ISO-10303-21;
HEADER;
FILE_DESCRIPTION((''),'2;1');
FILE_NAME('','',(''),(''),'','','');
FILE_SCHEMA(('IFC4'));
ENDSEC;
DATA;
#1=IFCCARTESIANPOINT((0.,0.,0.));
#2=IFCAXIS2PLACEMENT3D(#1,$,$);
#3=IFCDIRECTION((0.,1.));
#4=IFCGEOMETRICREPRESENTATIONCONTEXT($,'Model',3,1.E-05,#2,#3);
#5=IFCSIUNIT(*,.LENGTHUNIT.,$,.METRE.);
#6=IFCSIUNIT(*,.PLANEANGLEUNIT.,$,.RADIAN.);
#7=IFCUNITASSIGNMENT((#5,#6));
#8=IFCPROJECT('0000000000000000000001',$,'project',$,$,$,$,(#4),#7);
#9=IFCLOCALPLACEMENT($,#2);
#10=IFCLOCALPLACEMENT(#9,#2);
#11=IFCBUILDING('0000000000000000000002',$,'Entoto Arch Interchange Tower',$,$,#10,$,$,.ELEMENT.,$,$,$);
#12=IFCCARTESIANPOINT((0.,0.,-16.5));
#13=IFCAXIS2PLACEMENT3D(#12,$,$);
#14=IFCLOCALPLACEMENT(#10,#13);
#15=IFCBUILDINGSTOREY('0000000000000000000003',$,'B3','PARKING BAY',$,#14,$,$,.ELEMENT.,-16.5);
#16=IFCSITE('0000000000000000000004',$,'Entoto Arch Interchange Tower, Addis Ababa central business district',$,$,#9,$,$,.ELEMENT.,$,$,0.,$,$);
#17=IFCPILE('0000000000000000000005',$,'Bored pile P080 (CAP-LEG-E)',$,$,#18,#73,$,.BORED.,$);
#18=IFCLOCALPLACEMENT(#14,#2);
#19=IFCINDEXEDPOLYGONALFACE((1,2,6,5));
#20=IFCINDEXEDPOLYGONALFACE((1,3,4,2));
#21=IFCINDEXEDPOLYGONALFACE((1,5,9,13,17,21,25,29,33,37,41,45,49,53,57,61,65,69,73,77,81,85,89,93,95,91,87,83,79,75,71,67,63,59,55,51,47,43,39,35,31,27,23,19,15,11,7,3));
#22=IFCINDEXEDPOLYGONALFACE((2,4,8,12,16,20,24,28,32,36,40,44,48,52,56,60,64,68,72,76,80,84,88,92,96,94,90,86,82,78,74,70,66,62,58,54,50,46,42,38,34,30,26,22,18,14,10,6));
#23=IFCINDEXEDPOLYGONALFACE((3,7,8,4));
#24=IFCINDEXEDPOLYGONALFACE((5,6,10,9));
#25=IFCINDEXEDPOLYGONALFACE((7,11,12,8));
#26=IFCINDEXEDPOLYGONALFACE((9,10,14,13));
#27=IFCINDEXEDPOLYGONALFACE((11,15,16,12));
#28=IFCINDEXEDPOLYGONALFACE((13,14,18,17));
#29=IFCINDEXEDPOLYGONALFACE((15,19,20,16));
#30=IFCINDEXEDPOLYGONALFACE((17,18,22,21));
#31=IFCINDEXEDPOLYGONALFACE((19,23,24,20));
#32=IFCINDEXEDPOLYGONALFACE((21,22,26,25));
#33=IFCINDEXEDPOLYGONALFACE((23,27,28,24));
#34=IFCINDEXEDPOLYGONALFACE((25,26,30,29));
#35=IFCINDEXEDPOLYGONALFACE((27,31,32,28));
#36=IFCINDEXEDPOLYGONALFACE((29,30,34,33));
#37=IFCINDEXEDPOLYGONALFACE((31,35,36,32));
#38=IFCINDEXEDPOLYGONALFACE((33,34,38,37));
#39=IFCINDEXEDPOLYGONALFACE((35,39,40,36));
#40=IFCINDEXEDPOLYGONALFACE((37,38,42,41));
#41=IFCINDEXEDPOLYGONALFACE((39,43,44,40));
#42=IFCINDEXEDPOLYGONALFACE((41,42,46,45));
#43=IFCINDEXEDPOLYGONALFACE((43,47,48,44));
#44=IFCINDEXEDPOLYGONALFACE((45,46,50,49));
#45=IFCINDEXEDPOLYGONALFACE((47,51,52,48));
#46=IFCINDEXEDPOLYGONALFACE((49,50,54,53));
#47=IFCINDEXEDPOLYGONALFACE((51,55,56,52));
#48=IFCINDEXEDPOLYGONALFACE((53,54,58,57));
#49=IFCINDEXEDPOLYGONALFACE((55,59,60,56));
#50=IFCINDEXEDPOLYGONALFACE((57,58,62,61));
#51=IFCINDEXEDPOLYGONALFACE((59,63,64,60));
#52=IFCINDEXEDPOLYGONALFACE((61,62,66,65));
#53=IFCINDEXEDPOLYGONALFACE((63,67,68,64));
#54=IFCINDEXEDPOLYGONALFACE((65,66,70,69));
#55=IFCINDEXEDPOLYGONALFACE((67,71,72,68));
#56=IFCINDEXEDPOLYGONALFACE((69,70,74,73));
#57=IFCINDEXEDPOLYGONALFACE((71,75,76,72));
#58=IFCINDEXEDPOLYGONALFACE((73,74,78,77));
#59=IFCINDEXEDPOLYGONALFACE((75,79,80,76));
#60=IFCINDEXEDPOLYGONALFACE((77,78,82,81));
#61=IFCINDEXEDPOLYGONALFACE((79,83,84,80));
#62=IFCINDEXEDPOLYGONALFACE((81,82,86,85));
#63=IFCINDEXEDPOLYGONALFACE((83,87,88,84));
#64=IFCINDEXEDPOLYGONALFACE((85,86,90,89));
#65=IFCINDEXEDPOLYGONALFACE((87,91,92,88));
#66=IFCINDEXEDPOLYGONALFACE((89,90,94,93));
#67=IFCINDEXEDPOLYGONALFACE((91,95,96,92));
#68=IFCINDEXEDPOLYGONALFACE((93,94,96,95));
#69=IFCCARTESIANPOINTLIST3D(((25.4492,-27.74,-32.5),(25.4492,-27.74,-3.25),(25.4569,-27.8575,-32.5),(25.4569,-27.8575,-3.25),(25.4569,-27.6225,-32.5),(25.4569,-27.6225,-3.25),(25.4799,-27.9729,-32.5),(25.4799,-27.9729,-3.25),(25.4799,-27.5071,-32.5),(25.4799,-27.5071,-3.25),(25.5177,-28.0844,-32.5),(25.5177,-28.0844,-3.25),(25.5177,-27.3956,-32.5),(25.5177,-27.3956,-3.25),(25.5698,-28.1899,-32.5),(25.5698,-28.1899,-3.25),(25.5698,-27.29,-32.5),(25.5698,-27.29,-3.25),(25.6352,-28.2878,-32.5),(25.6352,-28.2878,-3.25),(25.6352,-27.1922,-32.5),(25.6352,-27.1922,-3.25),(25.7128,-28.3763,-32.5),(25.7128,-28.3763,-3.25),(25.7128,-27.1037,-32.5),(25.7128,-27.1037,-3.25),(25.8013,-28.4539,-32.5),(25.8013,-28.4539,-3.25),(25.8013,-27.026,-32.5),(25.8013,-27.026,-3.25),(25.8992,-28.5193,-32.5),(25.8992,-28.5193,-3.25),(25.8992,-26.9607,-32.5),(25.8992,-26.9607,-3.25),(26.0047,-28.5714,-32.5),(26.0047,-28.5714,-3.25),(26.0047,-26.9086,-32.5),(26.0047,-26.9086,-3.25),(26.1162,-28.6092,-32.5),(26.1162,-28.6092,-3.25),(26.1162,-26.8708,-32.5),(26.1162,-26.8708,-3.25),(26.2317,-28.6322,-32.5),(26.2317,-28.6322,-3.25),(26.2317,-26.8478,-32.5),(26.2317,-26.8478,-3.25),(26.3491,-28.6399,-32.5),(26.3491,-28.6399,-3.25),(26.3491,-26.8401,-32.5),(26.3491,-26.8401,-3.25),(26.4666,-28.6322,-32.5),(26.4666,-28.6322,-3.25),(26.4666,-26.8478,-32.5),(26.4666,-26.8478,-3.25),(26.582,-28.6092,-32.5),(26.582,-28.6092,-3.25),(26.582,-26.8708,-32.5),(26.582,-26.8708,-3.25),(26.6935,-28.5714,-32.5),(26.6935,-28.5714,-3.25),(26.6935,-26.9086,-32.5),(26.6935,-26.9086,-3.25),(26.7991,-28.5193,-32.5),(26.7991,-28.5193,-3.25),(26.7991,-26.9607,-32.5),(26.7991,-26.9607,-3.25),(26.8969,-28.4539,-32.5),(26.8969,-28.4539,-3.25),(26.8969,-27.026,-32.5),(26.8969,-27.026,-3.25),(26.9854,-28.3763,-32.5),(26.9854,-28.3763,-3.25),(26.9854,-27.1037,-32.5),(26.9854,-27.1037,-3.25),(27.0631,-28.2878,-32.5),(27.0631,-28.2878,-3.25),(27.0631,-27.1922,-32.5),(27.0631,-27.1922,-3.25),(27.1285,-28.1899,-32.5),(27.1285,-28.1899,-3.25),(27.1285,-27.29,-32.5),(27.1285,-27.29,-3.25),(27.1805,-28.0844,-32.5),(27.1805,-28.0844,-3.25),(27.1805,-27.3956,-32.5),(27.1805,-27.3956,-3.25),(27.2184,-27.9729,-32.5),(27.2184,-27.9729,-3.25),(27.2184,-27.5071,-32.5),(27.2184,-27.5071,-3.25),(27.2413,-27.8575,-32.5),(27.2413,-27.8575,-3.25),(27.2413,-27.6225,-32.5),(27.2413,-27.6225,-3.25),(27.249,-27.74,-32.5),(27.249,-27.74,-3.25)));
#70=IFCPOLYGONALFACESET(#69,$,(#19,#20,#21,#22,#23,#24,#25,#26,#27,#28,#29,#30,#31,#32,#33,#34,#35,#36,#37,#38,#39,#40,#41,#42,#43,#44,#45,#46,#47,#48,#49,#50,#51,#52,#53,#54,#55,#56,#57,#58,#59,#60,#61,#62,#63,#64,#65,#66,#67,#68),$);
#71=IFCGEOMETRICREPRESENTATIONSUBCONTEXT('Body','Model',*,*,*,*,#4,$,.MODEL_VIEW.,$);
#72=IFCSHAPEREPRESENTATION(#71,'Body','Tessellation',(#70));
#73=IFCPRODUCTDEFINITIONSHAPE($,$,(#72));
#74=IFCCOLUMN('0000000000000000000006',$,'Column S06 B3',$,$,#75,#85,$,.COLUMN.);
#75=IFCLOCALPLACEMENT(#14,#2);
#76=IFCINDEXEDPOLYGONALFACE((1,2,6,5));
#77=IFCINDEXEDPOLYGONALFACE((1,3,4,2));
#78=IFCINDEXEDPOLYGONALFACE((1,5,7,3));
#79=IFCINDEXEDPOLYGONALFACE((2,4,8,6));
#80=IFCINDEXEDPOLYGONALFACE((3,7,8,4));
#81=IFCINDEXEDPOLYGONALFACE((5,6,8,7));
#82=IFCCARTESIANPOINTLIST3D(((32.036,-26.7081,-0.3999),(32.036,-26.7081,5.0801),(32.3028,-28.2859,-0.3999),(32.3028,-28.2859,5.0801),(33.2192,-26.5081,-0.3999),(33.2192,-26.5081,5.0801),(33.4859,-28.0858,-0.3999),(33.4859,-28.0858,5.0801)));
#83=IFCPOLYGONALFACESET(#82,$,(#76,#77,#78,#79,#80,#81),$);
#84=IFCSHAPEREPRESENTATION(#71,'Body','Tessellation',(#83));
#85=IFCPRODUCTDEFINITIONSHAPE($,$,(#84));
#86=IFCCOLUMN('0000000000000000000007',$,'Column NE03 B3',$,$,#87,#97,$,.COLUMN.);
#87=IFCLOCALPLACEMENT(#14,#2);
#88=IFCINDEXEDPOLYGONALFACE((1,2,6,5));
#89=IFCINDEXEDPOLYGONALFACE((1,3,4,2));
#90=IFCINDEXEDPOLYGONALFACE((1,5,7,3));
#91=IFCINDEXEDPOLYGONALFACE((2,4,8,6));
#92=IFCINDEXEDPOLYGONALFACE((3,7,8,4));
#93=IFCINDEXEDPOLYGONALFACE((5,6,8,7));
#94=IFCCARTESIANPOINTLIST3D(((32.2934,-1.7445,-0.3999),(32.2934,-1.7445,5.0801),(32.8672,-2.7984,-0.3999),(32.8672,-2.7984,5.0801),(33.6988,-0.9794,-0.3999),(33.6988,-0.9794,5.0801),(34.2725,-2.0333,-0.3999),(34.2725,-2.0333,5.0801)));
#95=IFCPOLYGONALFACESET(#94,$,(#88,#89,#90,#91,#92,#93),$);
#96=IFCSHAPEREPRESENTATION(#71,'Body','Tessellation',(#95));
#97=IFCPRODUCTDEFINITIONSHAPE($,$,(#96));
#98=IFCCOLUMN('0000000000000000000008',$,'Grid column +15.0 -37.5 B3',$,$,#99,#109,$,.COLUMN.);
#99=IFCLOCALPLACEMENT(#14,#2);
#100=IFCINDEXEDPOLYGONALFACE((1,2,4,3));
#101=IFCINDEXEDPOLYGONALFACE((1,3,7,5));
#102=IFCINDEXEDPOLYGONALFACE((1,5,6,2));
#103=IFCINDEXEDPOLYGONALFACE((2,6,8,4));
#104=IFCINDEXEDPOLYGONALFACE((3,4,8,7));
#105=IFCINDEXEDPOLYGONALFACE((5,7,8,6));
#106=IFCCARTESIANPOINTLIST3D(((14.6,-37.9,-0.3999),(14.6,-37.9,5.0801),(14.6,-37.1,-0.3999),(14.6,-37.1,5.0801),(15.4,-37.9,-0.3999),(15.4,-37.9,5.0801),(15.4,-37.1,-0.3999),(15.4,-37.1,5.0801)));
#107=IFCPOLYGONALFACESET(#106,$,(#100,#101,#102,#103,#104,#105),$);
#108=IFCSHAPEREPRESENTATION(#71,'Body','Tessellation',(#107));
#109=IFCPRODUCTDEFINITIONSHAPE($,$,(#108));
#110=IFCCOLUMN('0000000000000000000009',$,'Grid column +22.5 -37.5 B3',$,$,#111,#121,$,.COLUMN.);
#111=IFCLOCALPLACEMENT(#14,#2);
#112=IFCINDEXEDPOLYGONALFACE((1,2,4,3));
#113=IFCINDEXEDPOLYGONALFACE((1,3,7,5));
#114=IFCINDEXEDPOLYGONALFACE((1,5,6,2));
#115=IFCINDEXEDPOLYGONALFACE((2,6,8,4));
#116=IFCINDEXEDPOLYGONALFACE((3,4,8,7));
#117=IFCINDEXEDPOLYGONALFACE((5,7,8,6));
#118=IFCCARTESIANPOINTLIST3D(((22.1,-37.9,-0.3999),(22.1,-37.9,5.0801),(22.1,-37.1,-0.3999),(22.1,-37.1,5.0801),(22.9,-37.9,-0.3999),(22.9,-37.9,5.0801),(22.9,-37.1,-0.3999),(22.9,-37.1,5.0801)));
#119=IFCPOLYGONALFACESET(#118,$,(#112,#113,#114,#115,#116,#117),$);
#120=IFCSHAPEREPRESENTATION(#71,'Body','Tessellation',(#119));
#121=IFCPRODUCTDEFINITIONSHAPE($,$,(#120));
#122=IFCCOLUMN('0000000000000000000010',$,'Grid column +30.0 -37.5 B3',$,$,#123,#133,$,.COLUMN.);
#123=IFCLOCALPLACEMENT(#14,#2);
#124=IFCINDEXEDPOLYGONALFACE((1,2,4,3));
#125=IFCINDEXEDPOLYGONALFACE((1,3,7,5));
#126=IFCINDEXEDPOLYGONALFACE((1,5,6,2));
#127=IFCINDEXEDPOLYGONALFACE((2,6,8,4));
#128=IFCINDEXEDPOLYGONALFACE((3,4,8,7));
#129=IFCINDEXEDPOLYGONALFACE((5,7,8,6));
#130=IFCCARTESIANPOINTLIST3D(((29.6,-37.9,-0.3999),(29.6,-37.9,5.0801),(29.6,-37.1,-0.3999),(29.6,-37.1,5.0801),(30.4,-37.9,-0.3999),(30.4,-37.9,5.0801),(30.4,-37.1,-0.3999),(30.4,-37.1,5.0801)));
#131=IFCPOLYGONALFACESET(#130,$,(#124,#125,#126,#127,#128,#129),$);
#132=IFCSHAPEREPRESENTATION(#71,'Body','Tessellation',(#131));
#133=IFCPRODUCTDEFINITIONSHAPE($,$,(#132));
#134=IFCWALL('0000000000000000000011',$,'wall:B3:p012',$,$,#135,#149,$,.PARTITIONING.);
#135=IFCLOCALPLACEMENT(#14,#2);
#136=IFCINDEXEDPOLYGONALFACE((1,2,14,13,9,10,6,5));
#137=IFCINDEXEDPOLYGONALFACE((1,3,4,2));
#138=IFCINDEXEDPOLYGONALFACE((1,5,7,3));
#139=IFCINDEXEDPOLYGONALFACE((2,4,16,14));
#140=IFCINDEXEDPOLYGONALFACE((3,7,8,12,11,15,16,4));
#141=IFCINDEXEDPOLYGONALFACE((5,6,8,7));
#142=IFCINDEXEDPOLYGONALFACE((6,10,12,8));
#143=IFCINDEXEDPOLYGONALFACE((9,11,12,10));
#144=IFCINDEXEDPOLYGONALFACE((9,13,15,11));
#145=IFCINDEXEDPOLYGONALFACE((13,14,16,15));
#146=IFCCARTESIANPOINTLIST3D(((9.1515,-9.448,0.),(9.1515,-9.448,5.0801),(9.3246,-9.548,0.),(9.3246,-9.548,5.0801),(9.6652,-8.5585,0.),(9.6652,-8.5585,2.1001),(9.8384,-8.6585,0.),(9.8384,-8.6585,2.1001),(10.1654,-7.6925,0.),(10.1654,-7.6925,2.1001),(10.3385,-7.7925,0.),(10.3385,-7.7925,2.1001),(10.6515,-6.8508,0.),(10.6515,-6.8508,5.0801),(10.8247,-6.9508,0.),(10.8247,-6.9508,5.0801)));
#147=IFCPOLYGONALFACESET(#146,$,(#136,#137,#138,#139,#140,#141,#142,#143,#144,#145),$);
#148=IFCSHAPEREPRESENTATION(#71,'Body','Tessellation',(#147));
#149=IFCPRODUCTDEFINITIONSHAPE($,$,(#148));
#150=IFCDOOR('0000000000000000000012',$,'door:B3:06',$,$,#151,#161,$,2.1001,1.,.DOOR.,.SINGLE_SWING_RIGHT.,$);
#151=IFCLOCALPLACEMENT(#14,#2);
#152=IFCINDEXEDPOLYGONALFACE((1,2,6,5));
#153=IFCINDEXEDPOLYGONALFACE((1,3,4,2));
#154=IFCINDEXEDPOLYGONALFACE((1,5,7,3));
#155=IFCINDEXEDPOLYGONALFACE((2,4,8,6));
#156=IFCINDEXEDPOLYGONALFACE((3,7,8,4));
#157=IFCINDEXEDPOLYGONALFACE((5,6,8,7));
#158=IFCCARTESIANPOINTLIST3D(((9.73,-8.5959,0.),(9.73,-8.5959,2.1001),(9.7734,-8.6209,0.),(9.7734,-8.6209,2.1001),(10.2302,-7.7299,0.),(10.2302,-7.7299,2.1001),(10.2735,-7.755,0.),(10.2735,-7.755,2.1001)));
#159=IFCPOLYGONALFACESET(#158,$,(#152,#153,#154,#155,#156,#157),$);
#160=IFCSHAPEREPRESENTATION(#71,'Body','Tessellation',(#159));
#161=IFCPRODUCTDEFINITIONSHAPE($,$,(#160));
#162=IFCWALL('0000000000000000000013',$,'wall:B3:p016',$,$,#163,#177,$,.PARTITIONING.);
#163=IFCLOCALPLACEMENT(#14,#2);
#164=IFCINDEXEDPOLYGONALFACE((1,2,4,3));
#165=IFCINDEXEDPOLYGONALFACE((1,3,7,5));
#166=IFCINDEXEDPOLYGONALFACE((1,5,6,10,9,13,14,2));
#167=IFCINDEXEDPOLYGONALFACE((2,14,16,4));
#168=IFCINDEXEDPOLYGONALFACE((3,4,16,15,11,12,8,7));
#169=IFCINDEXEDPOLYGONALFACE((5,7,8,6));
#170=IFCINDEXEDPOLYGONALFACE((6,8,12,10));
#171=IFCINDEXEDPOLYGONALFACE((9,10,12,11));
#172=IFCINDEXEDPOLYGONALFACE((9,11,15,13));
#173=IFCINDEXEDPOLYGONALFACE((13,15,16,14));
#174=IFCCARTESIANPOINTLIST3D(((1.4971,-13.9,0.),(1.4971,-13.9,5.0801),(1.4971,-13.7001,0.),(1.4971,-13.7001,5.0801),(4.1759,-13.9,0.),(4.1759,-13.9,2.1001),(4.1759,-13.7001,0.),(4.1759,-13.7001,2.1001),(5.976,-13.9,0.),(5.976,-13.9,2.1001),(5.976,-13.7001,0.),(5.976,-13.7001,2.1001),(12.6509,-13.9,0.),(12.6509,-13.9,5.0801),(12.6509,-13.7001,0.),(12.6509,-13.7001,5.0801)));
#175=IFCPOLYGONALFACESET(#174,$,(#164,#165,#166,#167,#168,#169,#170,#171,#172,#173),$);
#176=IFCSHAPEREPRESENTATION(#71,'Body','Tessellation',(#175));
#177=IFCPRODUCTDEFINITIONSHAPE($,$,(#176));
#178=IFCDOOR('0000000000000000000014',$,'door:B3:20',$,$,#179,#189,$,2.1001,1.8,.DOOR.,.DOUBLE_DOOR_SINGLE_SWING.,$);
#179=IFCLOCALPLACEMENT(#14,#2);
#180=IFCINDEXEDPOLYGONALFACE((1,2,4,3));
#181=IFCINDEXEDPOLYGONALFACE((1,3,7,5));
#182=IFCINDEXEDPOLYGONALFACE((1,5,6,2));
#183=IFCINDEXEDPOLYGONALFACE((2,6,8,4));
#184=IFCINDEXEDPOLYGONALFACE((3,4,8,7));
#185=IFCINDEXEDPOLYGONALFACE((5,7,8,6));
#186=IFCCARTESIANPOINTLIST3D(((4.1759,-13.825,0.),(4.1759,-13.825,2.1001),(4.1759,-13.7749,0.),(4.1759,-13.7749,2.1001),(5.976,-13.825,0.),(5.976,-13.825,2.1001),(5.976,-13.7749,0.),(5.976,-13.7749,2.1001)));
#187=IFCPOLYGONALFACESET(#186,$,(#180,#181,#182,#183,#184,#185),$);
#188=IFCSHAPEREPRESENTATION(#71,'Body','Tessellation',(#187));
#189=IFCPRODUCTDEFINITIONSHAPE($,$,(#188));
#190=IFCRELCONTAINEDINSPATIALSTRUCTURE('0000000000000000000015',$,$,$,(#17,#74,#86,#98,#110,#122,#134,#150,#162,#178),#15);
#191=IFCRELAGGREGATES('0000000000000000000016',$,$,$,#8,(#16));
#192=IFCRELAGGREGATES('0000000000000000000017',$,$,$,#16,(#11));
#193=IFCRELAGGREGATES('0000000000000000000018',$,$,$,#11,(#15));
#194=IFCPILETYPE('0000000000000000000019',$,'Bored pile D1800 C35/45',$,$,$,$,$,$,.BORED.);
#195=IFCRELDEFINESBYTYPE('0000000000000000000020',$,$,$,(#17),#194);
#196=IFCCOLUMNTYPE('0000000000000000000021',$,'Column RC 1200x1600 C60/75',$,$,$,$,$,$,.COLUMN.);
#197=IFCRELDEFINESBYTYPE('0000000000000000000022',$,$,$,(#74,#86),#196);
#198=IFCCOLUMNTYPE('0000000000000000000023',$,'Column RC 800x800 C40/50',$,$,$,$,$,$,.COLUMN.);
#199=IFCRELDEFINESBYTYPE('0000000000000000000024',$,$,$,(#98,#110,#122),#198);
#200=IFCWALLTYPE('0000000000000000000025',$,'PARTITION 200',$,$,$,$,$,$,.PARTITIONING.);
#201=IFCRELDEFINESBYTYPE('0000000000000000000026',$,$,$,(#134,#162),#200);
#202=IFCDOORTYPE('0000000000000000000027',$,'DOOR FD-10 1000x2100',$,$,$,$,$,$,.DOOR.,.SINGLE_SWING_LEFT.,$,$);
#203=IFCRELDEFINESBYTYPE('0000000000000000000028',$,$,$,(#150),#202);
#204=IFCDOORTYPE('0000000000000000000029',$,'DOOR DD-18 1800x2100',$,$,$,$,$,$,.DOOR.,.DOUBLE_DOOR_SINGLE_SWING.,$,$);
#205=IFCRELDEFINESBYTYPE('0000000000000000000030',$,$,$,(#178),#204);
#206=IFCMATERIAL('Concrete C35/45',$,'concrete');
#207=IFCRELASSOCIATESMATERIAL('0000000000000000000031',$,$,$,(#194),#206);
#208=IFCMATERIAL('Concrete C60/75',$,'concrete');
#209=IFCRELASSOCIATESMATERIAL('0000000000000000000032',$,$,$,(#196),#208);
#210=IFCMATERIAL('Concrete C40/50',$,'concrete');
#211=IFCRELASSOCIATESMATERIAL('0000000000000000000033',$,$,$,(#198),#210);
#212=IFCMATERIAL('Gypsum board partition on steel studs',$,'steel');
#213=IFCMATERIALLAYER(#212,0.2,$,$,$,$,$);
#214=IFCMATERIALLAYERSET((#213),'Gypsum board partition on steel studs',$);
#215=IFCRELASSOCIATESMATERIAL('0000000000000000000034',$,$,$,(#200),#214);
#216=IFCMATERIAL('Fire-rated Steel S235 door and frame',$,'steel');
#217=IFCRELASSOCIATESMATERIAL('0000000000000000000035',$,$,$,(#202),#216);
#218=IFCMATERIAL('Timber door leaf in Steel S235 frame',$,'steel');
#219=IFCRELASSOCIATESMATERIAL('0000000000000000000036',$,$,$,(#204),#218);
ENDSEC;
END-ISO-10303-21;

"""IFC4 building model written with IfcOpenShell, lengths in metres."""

from ifc_helpers import new_model, si_unit, direction, frame, frame_2d, origin, origin_2d, place, context, subcontext, project, spatial, rectangle, circle, extrude, material, layer, layer_set, material_profile, profile_set, type_object, element, fill, save


model = new_model("IFC4")

# Units and contexts
model_context = context("Model", 3, precision=1e-05, world=origin(), true_north=direction((0.0, 1.0)))
body_context = subcontext(model_context, "Body", "Model", "MODEL_VIEW")
ifc_project = project(units=[si_unit("LENGTHUNIT", "METRE"), si_unit("PLANEANGLEUNIT", "RADIAN")], contexts=[model_context])

# Site, building, storey
site_placement = place(None, origin())
site = spatial("IfcSite", under=ifc_project, at=site_placement, Name="Entoto Arch Interchange Tower, Addis Ababa central business district", CompositionType="ELEMENT", RefElevation=0.0)
building_placement = place(site_placement, origin())
building = spatial("IfcBuilding", under=site, at=building_placement, Name="Entoto Arch Interchange Tower", CompositionType="ELEMENT")
storey_placement = place(building_placement, frame((0.0, 0.0, -16.5)))
storey = spatial("IfcBuildingStorey", under=building, at=storey_placement, Name="B3", Description="PARKING BAY", CompositionType="ELEMENT", Elevation=-16.5)

# Pile
ifc_material_1 = material(Name="Concrete C35/45", Category="concrete")
ifc_material_profile_1 = material_profile(ifc_material_1, circle(Radius=0.8999, at=origin_2d()))
ifc_profile_set_1 = profile_set([ifc_material_profile_1], Name="Concrete C35/45")
pile_type = type_object("IfcPileType", Name="Bored pile D1800 C35/45", PredefinedType="BORED", material=ifc_profile_set_1)
for number, where, z_axis, x_axis, name in (
    (1, (26.3491, -27.74, -3.25), (0.0, 0.0, -1.0), (1.0, 0.0, 0.0), "Bored pile P080 (CAP-LEG-E)"),
):
    element("IfcPile", number, at=place(storey_placement, frame(where, z_axis=z_axis, x_axis=x_axis)), inside=storey, type_object=pile_type, Name=name, PredefinedType="BORED", context=body_context, shape_type="SweptSolid", body=[
        extrude(circle(Radius=0.8999, at=origin_2d()), origin(), (0.0, 0.0, 1.0), 29.25),
    ])

# Columns
ifc_material_2 = material(Name="Concrete C60/75", Category="concrete")
ifc_material_profile_2 = material_profile(ifc_material_2, rectangle(XDim=1.2, YDim=1.6001, at=origin_2d()))
ifc_profile_set_2 = profile_set([ifc_material_profile_2], Name="Concrete C60/75")
column_type_1 = type_object("IfcColumnType", Name="Column RC 1200x1600 C60/75", PredefinedType="COLUMN", material=ifc_profile_set_2)
for number, where, z_axis, x_axis, name in (
    (2, (32.761, -27.397, -0.3999), (0.0, 0.0, 1.0), (0.986005, 0.166717, 0.0), "Column S06 B3"),
    (3, (33.283, -1.8889, -0.3999), (0.0, 0.0, 1.0), (-0.47814, 0.878284, 0.0), "Column NE03 B3"),
):
    element("IfcColumn", number, at=place(storey_placement, frame(where, z_axis=z_axis, x_axis=x_axis)), inside=storey, type_object=column_type_1, Name=name, PredefinedType="COLUMN", context=body_context, shape_type="SweptSolid", body=[
        extrude(rectangle(XDim=1.2, YDim=1.6001, at=origin_2d()), origin(), (0.0, 0.0, 1.0), 5.48),
    ])
ifc_material_3 = material(Name="Concrete C40/50", Category="concrete")
ifc_material_profile_3 = material_profile(ifc_material_3, rectangle(XDim=0.8, YDim=0.8, at=origin_2d()))
ifc_profile_set_3 = profile_set([ifc_material_profile_3], Name="Concrete C40/50")
column_type_2 = type_object("IfcColumnType", Name="Column RC 800x800 C40/50", PredefinedType="COLUMN", material=ifc_profile_set_3)
for number, where, z_axis, x_axis, name in (
    (4, (15.0, -37.5, -0.3999), (0.0, 0.0, 1.0), (1.0, 0.0, 0.0), "Grid column +15.0 -37.5 B3"),
    (5, (22.5, -37.5, -0.3999), (0.0, 0.0, 1.0), (1.0, 0.0, 0.0), "Grid column +22.5 -37.5 B3"),
    (6, (30.0, -37.5, -0.3999), (0.0, 0.0, 1.0), (1.0, 0.0, 0.0), "Grid column +30.0 -37.5 B3"),
):
    element("IfcColumn", number, at=place(storey_placement, frame(where, z_axis=z_axis, x_axis=x_axis)), inside=storey, type_object=column_type_2, Name=name, PredefinedType="COLUMN", context=body_context, shape_type="SweptSolid", body=[
        extrude(rectangle(XDim=0.8, YDim=0.8, at=origin_2d()), origin(), (0.0, 0.0, 1.0), 5.48),
    ])

# Walls, openings, doors
ifc_material_4 = material(Name="Gypsum board partition on steel studs", Category="steel")
ifc_layer = layer(ifc_material_4, 0.2)
ifc_layer_set = layer_set([ifc_layer], Name="Gypsum board partition on steel studs")
wall_type = type_object("IfcWallType", Name="PARTITION 200", PredefinedType="PARTITIONING", material=ifc_layer_set)
wall_1_placement = place(storey_placement, frame((10.738, -6.9009, 0.0), z_axis=(0.0, 0.0, 1.0), x_axis=(-0.500131, -0.86595, 0.0)))
wall_1 = element("IfcWall", 7, at=wall_1_placement, inside=storey, type_object=wall_type, Name="wall:B3:p012", PredefinedType="PARTITIONING", context=body_context, shape_type="SweptSolid", body=[
    extrude(rectangle(XDim=2.9993, YDim=0.2, at=frame_2d((1.4995, 0.0))), origin(), (0.0, 0.0, 1.0), 5.0801),
])
opening_1_placement = place(wall_1_placement, frame((0.9719, 0.0, 0.0)))
opening_1 = element("IfcOpeningElement", 8, at=opening_1_placement, cuts=wall_1, PredefinedType="OPENING", context=body_context, shape_type="SweptSolid", body=[
    extrude(rectangle(XDim=1.0, YDim=2.1001, at=frame_2d((0.5, 1.05))), frame((0.0, 0.1099, 0.0), z_axis=(0.0, -1.0, 0.0), x_axis=(1.0, 0.0, 0.0)), (0.0, 0.0, 1.0), 0.22),
])
ifc_material_5 = material(Name="Fire-rated Steel S235 door and frame", Category="steel")
door_type_1 = type_object("IfcDoorType", Name="DOOR FD-10 1000x2100", OperationType="SINGLE_SWING_LEFT", PredefinedType="DOOR", material=ifc_material_5)
door_1_placement = place(opening_1_placement, origin())
door_1 = element("IfcDoor", 9, at=door_1_placement, inside=storey, type_object=door_type_1, Name="door:B3:06", OperationType="SINGLE_SWING_RIGHT", OverallHeight=2.1001, OverallWidth=1.0, PredefinedType="DOOR", context=body_context, shape_type="SweptSolid", body=[
    extrude(rectangle(XDim=1.0, YDim=2.1001, at=frame_2d((0.5, 1.05))), frame((0.0, 0.0249, 0.0), z_axis=(0.0, -1.0, 0.0), x_axis=(1.0, 0.0, 0.0)), (0.0, 0.0, 1.0), 0.05),
])
fill(opening_1, door_1)
wall_2_placement = place(storey_placement, frame((12.6509, -13.8, 0.0), z_axis=(0.0, 0.0, 1.0), x_axis=(-1.0, 0.0, 0.0)))
wall_2 = element("IfcWall", 10, at=wall_2_placement, inside=storey, type_object=wall_type, Name="wall:B3:p016", PredefinedType="PARTITIONING", context=body_context, shape_type="SweptSolid", body=[
    extrude(rectangle(XDim=11.1538, YDim=0.2, at=frame_2d((5.5769, 0.0))), origin(), (0.0, 0.0, 1.0), 5.0801),
])
opening_2_placement = place(wall_2_placement, frame((6.675, 0.0, 0.0)))
opening_2 = element("IfcOpeningElement", 11, at=opening_2_placement, cuts=wall_2, PredefinedType="OPENING", context=body_context, shape_type="SweptSolid", body=[
    extrude(rectangle(XDim=1.8, YDim=2.1001, at=frame_2d((0.8999, 1.05))), frame((0.0, 0.1099, 0.0), z_axis=(0.0, -1.0, 0.0), x_axis=(1.0, 0.0, 0.0)), (0.0, 0.0, 1.0), 0.22),
])
ifc_material_6 = material(Name="Timber door leaf in Steel S235 frame", Category="steel")
door_type_2 = type_object("IfcDoorType", Name="DOOR DD-18 1800x2100", OperationType="DOUBLE_DOOR_SINGLE_SWING", PredefinedType="DOOR", material=ifc_material_6)
door_2_placement = place(opening_2_placement, origin())
door_2 = element("IfcDoor", 12, at=door_2_placement, inside=storey, type_object=door_type_2, Name="door:B3:20", OperationType="DOUBLE_DOOR_SINGLE_SWING", OverallHeight=2.1001, OverallWidth=1.8, PredefinedType="DOOR", context=body_context, shape_type="SweptSolid", body=[
    extrude(rectangle(XDim=1.8, YDim=2.1001, at=frame_2d((0.8999, 1.05))), frame((0.0, 0.0249, 0.0), z_axis=(0.0, -1.0, 0.0), x_axis=(1.0, 0.0, 0.0)), (0.0, 0.0, 1.0), 0.05),
])
fill(opening_2, door_2)

save(model, "model.ifc")
